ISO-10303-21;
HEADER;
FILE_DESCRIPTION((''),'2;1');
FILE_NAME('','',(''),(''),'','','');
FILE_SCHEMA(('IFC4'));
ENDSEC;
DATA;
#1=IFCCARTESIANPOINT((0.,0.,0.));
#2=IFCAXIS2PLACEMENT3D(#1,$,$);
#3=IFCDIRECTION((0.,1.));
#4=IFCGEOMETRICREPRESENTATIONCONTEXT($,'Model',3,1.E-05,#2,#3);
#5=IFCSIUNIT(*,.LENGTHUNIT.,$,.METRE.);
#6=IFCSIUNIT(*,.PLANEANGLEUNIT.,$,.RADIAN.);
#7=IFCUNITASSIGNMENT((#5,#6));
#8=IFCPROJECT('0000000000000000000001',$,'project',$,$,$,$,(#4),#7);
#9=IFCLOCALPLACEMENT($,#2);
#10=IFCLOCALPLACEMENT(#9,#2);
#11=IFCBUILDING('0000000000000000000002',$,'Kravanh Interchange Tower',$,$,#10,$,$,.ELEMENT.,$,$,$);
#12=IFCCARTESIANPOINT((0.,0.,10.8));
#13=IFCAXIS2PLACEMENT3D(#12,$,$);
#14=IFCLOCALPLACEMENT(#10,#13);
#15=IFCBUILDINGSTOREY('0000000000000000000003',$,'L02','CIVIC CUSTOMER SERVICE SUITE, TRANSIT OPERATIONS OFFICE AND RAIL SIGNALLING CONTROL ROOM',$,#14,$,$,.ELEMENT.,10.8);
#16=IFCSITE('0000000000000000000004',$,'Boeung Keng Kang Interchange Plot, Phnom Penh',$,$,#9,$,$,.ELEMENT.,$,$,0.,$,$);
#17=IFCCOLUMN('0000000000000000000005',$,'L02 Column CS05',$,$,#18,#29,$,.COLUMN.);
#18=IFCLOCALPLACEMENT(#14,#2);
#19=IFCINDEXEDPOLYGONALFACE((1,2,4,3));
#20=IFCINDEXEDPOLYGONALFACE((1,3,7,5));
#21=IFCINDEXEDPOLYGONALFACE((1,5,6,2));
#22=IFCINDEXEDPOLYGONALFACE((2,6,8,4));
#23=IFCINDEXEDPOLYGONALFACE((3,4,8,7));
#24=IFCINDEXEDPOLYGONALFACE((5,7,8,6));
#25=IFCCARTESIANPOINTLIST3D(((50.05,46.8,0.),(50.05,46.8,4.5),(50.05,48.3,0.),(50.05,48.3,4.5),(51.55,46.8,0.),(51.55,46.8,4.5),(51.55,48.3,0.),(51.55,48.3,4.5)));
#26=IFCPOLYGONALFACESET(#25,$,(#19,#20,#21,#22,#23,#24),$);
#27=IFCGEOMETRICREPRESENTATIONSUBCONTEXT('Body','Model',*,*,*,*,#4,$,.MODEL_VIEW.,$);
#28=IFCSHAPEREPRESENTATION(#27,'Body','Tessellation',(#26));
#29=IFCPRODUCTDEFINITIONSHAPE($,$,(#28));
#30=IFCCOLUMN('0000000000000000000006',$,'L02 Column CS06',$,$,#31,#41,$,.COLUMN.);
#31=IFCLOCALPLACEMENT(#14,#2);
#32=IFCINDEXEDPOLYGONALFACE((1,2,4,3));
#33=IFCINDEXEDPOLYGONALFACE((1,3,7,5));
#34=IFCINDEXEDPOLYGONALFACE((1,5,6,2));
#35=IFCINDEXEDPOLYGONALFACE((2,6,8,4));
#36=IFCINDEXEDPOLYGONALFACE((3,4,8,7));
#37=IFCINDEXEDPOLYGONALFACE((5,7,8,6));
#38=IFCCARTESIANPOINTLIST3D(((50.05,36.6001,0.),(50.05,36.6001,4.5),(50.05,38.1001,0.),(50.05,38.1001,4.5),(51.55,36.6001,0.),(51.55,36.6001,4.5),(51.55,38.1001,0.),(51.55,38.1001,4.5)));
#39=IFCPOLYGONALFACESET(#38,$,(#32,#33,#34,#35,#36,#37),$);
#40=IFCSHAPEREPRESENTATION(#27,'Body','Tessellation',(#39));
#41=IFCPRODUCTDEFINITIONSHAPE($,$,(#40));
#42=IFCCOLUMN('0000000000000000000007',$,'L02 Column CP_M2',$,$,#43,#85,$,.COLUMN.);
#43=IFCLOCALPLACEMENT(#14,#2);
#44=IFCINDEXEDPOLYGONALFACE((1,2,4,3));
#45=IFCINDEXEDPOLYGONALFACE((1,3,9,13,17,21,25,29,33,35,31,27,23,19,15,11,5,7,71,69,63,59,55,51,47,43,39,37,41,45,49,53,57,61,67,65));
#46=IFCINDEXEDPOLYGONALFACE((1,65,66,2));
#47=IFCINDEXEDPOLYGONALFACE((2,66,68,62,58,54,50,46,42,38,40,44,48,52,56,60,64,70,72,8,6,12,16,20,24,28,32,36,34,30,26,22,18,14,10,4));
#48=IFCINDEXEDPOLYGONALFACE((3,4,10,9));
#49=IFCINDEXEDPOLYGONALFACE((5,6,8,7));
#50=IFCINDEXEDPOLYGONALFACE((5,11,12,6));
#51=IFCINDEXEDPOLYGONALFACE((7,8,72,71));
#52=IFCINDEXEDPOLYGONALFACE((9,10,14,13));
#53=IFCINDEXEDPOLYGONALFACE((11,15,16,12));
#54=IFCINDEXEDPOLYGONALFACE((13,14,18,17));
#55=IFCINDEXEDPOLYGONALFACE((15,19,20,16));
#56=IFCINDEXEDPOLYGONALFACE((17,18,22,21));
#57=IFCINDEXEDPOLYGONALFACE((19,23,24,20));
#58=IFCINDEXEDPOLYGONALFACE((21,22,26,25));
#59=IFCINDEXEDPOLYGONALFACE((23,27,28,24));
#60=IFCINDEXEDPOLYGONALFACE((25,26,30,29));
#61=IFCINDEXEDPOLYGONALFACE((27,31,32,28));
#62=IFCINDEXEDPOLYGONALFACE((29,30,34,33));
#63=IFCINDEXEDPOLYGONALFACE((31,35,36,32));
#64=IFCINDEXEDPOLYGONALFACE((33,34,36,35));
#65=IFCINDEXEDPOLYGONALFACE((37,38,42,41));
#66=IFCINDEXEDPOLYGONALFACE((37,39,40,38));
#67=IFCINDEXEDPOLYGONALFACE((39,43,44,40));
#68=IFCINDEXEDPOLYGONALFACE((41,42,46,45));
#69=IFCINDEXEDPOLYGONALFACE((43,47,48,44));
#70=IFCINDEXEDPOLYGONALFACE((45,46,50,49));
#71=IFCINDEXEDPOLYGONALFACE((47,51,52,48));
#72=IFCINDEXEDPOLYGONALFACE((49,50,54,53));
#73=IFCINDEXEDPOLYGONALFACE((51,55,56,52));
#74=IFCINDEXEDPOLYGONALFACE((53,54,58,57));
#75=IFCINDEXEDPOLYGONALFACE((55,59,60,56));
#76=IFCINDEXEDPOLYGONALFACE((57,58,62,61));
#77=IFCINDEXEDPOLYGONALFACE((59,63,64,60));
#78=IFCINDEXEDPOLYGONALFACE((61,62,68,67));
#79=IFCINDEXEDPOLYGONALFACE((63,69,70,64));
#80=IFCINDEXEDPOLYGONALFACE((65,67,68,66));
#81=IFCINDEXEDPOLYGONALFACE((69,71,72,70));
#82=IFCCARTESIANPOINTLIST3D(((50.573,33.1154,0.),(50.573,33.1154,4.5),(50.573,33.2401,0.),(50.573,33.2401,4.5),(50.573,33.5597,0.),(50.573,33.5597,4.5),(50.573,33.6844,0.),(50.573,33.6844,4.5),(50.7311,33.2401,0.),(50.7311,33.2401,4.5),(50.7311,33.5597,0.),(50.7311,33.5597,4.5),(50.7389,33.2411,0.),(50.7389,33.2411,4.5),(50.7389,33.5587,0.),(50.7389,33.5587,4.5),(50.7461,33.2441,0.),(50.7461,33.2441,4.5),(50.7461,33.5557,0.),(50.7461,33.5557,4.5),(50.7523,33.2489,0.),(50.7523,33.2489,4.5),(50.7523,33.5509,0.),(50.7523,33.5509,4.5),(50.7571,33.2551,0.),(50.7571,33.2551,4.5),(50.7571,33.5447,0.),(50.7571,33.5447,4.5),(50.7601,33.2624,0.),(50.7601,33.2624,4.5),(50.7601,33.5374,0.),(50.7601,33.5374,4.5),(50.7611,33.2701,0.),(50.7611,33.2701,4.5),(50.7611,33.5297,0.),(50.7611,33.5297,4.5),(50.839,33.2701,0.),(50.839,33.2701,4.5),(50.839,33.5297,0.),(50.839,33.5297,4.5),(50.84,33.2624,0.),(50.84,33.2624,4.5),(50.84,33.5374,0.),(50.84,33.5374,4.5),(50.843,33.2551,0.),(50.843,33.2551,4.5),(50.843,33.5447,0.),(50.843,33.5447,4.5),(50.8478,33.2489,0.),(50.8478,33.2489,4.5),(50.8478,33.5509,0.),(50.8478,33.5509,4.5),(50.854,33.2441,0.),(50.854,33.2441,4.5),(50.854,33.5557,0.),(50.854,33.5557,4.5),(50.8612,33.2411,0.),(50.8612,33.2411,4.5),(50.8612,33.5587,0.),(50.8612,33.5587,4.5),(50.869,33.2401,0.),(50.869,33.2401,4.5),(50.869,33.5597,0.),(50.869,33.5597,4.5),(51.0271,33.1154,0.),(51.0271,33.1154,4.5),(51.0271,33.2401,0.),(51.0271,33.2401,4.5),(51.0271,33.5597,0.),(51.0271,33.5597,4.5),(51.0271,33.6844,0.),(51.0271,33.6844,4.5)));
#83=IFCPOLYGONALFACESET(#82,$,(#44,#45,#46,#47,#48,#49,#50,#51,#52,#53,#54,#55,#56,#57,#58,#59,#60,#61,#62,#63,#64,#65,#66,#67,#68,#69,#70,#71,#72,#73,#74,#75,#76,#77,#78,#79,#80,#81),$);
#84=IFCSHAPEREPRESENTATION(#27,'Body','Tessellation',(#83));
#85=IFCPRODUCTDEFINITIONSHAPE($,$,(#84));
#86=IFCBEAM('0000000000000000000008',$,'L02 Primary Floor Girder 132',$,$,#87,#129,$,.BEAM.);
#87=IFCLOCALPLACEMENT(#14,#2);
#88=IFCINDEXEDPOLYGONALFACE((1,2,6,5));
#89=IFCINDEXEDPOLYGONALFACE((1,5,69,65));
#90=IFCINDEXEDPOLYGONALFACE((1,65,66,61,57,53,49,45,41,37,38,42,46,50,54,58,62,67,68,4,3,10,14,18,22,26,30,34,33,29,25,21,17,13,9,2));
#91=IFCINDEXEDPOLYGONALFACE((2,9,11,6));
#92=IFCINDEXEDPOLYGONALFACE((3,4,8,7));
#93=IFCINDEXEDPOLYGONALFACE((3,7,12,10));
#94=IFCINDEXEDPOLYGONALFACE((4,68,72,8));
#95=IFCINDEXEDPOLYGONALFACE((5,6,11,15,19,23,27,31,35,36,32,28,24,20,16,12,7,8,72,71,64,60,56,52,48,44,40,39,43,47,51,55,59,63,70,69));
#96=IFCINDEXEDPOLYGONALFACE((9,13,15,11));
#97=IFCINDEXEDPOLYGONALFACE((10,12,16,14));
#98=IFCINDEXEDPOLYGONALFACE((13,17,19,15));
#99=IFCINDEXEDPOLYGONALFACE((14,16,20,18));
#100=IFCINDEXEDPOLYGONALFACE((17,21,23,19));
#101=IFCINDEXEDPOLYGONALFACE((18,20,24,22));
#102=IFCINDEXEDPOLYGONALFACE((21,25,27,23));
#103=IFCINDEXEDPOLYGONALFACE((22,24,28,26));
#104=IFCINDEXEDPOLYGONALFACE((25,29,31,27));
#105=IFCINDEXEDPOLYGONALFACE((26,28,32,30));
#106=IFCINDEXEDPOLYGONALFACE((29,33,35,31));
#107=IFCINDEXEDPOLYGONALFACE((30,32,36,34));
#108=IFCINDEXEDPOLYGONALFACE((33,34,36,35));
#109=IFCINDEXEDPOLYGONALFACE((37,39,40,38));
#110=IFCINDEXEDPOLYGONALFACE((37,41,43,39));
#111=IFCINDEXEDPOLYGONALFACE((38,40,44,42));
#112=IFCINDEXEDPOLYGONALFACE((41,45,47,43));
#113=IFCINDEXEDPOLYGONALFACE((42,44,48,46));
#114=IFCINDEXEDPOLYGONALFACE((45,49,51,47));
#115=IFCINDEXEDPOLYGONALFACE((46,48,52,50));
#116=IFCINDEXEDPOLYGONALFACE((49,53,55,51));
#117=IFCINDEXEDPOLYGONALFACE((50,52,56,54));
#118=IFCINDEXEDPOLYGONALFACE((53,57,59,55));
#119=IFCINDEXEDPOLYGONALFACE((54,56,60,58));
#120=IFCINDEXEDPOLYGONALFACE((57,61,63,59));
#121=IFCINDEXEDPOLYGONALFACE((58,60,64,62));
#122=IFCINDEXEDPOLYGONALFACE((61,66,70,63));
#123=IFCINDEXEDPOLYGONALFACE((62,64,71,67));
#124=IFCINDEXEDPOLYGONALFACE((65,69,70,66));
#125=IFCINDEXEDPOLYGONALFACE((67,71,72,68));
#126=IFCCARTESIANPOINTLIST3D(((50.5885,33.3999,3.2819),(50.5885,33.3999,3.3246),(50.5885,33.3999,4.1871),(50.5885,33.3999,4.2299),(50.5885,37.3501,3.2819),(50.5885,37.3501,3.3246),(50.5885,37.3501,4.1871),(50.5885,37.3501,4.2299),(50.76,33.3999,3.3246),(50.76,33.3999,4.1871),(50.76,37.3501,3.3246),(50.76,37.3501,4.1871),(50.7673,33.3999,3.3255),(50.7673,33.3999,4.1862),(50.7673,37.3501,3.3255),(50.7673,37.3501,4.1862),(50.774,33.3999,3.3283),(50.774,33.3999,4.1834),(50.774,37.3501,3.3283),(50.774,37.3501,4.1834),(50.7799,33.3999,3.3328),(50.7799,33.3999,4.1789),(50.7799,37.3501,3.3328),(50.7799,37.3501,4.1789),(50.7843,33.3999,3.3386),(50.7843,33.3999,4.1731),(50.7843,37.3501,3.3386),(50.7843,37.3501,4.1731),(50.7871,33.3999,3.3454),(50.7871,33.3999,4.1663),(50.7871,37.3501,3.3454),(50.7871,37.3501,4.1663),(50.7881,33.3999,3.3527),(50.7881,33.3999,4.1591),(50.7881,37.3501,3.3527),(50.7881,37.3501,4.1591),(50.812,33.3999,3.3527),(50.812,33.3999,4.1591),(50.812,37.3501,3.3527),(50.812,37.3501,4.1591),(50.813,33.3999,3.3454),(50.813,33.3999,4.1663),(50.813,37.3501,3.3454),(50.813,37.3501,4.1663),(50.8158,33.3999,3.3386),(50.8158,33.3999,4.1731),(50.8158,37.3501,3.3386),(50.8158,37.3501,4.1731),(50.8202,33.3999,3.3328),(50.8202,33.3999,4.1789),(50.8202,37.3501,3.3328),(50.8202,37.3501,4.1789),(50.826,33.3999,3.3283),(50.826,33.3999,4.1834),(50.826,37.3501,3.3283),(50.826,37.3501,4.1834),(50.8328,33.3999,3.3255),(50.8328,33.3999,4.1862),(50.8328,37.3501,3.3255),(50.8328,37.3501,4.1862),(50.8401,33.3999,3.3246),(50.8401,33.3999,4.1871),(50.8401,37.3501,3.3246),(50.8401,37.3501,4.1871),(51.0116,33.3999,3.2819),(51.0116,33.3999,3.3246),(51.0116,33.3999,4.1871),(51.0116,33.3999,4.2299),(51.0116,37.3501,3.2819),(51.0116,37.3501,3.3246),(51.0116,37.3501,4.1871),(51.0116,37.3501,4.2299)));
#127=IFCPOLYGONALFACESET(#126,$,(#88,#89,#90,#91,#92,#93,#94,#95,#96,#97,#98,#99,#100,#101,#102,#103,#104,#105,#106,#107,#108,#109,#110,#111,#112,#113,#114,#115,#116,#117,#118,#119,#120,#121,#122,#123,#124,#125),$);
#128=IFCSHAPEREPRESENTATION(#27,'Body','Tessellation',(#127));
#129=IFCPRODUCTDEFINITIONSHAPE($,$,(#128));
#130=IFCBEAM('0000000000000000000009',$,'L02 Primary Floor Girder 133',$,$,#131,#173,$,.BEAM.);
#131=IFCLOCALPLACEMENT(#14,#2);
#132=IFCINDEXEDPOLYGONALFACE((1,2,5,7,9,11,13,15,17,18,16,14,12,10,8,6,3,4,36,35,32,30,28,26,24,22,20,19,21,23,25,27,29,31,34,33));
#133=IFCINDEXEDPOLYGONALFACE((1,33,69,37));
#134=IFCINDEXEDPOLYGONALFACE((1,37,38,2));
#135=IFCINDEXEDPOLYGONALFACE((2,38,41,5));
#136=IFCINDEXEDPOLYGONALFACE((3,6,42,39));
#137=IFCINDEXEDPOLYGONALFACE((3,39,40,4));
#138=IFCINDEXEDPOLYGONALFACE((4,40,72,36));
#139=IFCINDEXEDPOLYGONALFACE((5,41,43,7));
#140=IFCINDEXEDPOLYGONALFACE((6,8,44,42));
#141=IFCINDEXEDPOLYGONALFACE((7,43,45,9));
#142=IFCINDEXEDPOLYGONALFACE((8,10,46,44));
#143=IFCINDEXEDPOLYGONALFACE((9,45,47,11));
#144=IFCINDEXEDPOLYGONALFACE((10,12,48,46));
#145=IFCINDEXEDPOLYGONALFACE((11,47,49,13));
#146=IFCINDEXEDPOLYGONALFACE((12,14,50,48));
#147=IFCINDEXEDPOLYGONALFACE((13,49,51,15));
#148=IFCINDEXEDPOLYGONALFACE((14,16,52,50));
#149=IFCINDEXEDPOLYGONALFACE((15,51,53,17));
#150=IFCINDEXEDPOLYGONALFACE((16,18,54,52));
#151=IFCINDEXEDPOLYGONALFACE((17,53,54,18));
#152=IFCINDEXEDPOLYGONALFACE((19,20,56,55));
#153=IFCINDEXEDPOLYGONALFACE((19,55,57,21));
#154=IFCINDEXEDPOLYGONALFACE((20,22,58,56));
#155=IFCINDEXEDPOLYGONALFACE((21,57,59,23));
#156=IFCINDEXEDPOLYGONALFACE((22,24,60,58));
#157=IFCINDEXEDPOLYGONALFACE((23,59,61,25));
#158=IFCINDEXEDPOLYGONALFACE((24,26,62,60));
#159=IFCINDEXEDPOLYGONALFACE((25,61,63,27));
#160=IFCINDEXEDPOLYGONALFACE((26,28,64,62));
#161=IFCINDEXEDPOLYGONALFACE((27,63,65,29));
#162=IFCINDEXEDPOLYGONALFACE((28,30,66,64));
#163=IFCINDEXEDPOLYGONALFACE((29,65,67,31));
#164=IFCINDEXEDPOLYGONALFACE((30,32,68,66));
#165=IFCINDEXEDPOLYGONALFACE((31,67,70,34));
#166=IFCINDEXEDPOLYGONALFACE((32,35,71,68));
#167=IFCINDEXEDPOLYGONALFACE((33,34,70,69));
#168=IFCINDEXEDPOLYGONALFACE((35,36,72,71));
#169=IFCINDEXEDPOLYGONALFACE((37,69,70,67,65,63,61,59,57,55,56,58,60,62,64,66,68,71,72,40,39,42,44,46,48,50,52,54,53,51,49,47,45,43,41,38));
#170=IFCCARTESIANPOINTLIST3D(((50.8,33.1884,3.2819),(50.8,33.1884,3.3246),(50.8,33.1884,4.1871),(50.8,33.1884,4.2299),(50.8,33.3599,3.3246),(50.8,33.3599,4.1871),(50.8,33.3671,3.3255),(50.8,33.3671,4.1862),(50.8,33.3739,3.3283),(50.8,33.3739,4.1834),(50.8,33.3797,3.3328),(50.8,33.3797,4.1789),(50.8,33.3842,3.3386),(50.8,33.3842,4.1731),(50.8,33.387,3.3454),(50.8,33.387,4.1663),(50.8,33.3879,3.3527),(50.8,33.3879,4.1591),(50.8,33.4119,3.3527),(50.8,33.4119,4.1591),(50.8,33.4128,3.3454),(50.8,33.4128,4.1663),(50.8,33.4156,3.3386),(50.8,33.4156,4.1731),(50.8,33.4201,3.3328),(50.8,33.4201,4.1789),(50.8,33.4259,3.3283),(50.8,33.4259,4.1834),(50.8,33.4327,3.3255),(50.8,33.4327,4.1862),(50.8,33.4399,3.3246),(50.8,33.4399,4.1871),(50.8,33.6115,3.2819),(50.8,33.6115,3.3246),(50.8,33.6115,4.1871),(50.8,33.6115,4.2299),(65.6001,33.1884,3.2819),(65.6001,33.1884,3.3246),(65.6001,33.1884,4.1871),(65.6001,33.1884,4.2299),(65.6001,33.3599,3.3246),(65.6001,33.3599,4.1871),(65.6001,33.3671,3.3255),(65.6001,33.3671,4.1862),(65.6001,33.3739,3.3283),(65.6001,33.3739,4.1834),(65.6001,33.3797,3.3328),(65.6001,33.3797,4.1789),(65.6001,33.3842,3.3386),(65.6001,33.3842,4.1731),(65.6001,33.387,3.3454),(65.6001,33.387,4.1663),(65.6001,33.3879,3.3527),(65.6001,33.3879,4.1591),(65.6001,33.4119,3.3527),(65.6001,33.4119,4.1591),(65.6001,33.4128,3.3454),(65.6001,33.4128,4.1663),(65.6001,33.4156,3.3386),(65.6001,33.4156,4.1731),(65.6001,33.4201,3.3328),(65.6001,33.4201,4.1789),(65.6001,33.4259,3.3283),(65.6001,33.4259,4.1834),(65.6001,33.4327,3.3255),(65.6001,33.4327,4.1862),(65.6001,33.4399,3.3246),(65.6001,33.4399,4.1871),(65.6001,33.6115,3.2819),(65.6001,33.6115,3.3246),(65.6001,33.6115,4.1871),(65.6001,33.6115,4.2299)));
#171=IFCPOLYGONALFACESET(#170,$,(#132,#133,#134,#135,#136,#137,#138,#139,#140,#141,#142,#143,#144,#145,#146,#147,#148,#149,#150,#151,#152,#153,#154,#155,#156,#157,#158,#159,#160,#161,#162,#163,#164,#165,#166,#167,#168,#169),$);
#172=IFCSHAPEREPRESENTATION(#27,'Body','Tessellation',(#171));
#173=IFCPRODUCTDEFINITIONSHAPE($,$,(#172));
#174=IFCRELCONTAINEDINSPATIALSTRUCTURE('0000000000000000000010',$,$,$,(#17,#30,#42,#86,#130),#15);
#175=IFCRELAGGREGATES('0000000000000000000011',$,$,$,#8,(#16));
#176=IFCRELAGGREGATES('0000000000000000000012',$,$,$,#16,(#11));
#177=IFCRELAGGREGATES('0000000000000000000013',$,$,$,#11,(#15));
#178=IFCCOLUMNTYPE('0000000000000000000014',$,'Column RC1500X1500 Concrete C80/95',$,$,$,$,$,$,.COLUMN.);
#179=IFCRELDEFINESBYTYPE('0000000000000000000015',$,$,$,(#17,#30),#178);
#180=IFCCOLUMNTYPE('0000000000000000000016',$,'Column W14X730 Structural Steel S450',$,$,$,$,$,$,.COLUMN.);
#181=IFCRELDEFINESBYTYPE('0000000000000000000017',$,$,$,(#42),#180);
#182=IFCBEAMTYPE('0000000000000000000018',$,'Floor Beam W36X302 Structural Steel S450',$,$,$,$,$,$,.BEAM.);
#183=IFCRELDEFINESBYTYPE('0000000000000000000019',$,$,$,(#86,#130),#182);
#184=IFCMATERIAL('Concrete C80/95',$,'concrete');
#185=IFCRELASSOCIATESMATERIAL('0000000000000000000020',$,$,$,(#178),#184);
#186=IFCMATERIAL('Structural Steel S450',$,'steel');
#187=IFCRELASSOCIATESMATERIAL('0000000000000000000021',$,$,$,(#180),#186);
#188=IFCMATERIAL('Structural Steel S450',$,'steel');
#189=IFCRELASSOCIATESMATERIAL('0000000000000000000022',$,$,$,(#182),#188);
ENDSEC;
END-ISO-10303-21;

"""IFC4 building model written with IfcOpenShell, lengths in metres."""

from ifc_helpers import new_model, si_unit, direction, frame, origin, origin_2d, place, context, subcontext, project, spatial, rectangle, i_section, extrude, material, material_profile, profile_set, type_object, element, save


model = new_model("IFC4")

# Units and contexts
model_context = context("Model", 3, precision=1e-05, world=origin(), true_north=direction((0.0, 1.0)))
body_context = subcontext(model_context, "Body", "Model", "MODEL_VIEW")
ifc_project = project(units=[si_unit("LENGTHUNIT", "METRE"), si_unit("PLANEANGLEUNIT", "RADIAN")], contexts=[model_context])

# Site, building, storey
site_placement = place(None, origin())
site = spatial("IfcSite", under=ifc_project, at=site_placement, Name="Boeung Keng Kang Interchange Plot, Phnom Penh", CompositionType="ELEMENT", RefElevation=0.0)
building_placement = place(site_placement, origin())
building = spatial("IfcBuilding", under=site, at=building_placement, Name="Kravanh Interchange Tower", CompositionType="ELEMENT")
storey_placement = place(building_placement, frame((0.0, 0.0, 10.8)))
storey = spatial("IfcBuildingStorey", under=building, at=storey_placement, Name="L02", Description="CIVIC CUSTOMER SERVICE SUITE, TRANSIT OPERATIONS OFFICE AND RAIL SIGNALLING CONTROL ROOM", CompositionType="ELEMENT", Elevation=10.8)

# Columns
ifc_material_1 = material(Name="Concrete C80/95", Category="concrete")
ifc_material_profile_1 = material_profile(ifc_material_1, rectangle(XDim=1.5, YDim=1.5, at=origin_2d()), Name="RC1500X1500")
ifc_profile_set_1 = profile_set([ifc_material_profile_1], Name="Concrete C80/95")
column_type_1 = type_object("IfcColumnType", Name="Column RC1500X1500 Concrete C80/95", PredefinedType="COLUMN", material=ifc_profile_set_1)
for number, where, z_axis, x_axis, name in (
    (1, (50.8, 47.55, 0.0), (0.0, 0.0, 1.0), (1.0, 0.0, 0.0), "L02 Column CS05"),
    (2, (50.8, 37.3501, 0.0), (0.0, 0.0, 1.0), (1.0, 0.0, 0.0), "L02 Column CS06"),
):
    element("IfcColumn", number, at=place(storey_placement, frame(where, z_axis=z_axis, x_axis=x_axis)), inside=storey, type_object=column_type_1, Name=name, PredefinedType="COLUMN", context=body_context, shape_type="SweptSolid", body=[
        extrude(rectangle(XDim=1.5, YDim=1.5, at=origin_2d()), origin(), (0.0, 0.0, 1.0), 4.5),
    ])
ifc_material_2 = material(Name="Structural Steel S450", Category="steel")
ifc_material_profile_2 = material_profile(ifc_material_2, i_section(OverallWidth=0.4541, OverallDepth=0.5691, WebThickness=0.0779, FlangeThickness=0.1248, FilletRadius=0.03, at=origin_2d()), Name="W14X730")
ifc_profile_set_2 = profile_set([ifc_material_profile_2], Name="Structural Steel S450")
column_type_2 = type_object("IfcColumnType", Name="Column W14X730 Structural Steel S450", PredefinedType="COLUMN", material=ifc_profile_set_2)
column_placement = place(storey_placement, frame((50.8, 33.3999, 0.0), z_axis=(0.0, 0.0, 1.0), x_axis=(1.0, 0.0, 0.0)))
element("IfcColumn", 3, at=column_placement, inside=storey, type_object=column_type_2, Name="L02 Column CP_M2", PredefinedType="COLUMN", context=body_context, shape_type="SweptSolid", body=[
    extrude(i_section(OverallWidth=0.4541, OverallDepth=0.5691, WebThickness=0.0779, FlangeThickness=0.1248, FilletRadius=0.03, at=origin_2d()), origin(), (0.0, 0.0, 1.0), 4.5),
])

# Beams
ifc_material_3 = material(Name="Structural Steel S450", Category="steel")
ifc_material_profile_3 = material_profile(ifc_material_3, i_section(OverallWidth=0.4231, OverallDepth=0.948, WebThickness=0.0239, FlangeThickness=0.0427, FilletRadius=0.0281, at=origin_2d()), Name="W36X302")
ifc_profile_set_3 = profile_set([ifc_material_profile_3], Name="Structural Steel S450")
beam_type_1 = type_object("IfcBeamType", Name="Floor Beam W36X302 Structural Steel S450", PredefinedType="BEAM", material=ifc_profile_set_3)
beam_1_placement = place(storey_placement, frame((50.8, 33.3999, 3.7559), z_axis=(0.0, 1.0, 0.0), x_axis=(-1.0, 0.0, 0.0)))
element("IfcBeam", 4, at=beam_1_placement, inside=storey, type_object=beam_type_1, Name="L02 Primary Floor Girder 132", PredefinedType="BEAM", context=body_context, shape_type="SweptSolid", body=[
    extrude(i_section(OverallWidth=0.4231, OverallDepth=0.948, WebThickness=0.0239, FlangeThickness=0.0427, FilletRadius=0.0281, at=origin_2d()), origin(), (0.0, 0.0, 1.0), 3.9502),
])
beam_2_placement = place(storey_placement, frame((50.8, 33.3999, 3.7559), z_axis=(1.0, 0.0, 0.0), x_axis=(0.0, 1.0, 0.0)))
element("IfcBeam", 5, at=beam_2_placement, inside=storey, type_object=beam_type_1, Name="L02 Primary Floor Girder 133", PredefinedType="BEAM", context=body_context, shape_type="SweptSolid", body=[
    extrude(i_section(OverallWidth=0.4231, OverallDepth=0.948, WebThickness=0.0239, FlangeThickness=0.0427, FilletRadius=0.0281, at=origin_2d()), origin(), (0.0, 0.0, 1.0), 14.8),
])

save(model, "model.ifc")
